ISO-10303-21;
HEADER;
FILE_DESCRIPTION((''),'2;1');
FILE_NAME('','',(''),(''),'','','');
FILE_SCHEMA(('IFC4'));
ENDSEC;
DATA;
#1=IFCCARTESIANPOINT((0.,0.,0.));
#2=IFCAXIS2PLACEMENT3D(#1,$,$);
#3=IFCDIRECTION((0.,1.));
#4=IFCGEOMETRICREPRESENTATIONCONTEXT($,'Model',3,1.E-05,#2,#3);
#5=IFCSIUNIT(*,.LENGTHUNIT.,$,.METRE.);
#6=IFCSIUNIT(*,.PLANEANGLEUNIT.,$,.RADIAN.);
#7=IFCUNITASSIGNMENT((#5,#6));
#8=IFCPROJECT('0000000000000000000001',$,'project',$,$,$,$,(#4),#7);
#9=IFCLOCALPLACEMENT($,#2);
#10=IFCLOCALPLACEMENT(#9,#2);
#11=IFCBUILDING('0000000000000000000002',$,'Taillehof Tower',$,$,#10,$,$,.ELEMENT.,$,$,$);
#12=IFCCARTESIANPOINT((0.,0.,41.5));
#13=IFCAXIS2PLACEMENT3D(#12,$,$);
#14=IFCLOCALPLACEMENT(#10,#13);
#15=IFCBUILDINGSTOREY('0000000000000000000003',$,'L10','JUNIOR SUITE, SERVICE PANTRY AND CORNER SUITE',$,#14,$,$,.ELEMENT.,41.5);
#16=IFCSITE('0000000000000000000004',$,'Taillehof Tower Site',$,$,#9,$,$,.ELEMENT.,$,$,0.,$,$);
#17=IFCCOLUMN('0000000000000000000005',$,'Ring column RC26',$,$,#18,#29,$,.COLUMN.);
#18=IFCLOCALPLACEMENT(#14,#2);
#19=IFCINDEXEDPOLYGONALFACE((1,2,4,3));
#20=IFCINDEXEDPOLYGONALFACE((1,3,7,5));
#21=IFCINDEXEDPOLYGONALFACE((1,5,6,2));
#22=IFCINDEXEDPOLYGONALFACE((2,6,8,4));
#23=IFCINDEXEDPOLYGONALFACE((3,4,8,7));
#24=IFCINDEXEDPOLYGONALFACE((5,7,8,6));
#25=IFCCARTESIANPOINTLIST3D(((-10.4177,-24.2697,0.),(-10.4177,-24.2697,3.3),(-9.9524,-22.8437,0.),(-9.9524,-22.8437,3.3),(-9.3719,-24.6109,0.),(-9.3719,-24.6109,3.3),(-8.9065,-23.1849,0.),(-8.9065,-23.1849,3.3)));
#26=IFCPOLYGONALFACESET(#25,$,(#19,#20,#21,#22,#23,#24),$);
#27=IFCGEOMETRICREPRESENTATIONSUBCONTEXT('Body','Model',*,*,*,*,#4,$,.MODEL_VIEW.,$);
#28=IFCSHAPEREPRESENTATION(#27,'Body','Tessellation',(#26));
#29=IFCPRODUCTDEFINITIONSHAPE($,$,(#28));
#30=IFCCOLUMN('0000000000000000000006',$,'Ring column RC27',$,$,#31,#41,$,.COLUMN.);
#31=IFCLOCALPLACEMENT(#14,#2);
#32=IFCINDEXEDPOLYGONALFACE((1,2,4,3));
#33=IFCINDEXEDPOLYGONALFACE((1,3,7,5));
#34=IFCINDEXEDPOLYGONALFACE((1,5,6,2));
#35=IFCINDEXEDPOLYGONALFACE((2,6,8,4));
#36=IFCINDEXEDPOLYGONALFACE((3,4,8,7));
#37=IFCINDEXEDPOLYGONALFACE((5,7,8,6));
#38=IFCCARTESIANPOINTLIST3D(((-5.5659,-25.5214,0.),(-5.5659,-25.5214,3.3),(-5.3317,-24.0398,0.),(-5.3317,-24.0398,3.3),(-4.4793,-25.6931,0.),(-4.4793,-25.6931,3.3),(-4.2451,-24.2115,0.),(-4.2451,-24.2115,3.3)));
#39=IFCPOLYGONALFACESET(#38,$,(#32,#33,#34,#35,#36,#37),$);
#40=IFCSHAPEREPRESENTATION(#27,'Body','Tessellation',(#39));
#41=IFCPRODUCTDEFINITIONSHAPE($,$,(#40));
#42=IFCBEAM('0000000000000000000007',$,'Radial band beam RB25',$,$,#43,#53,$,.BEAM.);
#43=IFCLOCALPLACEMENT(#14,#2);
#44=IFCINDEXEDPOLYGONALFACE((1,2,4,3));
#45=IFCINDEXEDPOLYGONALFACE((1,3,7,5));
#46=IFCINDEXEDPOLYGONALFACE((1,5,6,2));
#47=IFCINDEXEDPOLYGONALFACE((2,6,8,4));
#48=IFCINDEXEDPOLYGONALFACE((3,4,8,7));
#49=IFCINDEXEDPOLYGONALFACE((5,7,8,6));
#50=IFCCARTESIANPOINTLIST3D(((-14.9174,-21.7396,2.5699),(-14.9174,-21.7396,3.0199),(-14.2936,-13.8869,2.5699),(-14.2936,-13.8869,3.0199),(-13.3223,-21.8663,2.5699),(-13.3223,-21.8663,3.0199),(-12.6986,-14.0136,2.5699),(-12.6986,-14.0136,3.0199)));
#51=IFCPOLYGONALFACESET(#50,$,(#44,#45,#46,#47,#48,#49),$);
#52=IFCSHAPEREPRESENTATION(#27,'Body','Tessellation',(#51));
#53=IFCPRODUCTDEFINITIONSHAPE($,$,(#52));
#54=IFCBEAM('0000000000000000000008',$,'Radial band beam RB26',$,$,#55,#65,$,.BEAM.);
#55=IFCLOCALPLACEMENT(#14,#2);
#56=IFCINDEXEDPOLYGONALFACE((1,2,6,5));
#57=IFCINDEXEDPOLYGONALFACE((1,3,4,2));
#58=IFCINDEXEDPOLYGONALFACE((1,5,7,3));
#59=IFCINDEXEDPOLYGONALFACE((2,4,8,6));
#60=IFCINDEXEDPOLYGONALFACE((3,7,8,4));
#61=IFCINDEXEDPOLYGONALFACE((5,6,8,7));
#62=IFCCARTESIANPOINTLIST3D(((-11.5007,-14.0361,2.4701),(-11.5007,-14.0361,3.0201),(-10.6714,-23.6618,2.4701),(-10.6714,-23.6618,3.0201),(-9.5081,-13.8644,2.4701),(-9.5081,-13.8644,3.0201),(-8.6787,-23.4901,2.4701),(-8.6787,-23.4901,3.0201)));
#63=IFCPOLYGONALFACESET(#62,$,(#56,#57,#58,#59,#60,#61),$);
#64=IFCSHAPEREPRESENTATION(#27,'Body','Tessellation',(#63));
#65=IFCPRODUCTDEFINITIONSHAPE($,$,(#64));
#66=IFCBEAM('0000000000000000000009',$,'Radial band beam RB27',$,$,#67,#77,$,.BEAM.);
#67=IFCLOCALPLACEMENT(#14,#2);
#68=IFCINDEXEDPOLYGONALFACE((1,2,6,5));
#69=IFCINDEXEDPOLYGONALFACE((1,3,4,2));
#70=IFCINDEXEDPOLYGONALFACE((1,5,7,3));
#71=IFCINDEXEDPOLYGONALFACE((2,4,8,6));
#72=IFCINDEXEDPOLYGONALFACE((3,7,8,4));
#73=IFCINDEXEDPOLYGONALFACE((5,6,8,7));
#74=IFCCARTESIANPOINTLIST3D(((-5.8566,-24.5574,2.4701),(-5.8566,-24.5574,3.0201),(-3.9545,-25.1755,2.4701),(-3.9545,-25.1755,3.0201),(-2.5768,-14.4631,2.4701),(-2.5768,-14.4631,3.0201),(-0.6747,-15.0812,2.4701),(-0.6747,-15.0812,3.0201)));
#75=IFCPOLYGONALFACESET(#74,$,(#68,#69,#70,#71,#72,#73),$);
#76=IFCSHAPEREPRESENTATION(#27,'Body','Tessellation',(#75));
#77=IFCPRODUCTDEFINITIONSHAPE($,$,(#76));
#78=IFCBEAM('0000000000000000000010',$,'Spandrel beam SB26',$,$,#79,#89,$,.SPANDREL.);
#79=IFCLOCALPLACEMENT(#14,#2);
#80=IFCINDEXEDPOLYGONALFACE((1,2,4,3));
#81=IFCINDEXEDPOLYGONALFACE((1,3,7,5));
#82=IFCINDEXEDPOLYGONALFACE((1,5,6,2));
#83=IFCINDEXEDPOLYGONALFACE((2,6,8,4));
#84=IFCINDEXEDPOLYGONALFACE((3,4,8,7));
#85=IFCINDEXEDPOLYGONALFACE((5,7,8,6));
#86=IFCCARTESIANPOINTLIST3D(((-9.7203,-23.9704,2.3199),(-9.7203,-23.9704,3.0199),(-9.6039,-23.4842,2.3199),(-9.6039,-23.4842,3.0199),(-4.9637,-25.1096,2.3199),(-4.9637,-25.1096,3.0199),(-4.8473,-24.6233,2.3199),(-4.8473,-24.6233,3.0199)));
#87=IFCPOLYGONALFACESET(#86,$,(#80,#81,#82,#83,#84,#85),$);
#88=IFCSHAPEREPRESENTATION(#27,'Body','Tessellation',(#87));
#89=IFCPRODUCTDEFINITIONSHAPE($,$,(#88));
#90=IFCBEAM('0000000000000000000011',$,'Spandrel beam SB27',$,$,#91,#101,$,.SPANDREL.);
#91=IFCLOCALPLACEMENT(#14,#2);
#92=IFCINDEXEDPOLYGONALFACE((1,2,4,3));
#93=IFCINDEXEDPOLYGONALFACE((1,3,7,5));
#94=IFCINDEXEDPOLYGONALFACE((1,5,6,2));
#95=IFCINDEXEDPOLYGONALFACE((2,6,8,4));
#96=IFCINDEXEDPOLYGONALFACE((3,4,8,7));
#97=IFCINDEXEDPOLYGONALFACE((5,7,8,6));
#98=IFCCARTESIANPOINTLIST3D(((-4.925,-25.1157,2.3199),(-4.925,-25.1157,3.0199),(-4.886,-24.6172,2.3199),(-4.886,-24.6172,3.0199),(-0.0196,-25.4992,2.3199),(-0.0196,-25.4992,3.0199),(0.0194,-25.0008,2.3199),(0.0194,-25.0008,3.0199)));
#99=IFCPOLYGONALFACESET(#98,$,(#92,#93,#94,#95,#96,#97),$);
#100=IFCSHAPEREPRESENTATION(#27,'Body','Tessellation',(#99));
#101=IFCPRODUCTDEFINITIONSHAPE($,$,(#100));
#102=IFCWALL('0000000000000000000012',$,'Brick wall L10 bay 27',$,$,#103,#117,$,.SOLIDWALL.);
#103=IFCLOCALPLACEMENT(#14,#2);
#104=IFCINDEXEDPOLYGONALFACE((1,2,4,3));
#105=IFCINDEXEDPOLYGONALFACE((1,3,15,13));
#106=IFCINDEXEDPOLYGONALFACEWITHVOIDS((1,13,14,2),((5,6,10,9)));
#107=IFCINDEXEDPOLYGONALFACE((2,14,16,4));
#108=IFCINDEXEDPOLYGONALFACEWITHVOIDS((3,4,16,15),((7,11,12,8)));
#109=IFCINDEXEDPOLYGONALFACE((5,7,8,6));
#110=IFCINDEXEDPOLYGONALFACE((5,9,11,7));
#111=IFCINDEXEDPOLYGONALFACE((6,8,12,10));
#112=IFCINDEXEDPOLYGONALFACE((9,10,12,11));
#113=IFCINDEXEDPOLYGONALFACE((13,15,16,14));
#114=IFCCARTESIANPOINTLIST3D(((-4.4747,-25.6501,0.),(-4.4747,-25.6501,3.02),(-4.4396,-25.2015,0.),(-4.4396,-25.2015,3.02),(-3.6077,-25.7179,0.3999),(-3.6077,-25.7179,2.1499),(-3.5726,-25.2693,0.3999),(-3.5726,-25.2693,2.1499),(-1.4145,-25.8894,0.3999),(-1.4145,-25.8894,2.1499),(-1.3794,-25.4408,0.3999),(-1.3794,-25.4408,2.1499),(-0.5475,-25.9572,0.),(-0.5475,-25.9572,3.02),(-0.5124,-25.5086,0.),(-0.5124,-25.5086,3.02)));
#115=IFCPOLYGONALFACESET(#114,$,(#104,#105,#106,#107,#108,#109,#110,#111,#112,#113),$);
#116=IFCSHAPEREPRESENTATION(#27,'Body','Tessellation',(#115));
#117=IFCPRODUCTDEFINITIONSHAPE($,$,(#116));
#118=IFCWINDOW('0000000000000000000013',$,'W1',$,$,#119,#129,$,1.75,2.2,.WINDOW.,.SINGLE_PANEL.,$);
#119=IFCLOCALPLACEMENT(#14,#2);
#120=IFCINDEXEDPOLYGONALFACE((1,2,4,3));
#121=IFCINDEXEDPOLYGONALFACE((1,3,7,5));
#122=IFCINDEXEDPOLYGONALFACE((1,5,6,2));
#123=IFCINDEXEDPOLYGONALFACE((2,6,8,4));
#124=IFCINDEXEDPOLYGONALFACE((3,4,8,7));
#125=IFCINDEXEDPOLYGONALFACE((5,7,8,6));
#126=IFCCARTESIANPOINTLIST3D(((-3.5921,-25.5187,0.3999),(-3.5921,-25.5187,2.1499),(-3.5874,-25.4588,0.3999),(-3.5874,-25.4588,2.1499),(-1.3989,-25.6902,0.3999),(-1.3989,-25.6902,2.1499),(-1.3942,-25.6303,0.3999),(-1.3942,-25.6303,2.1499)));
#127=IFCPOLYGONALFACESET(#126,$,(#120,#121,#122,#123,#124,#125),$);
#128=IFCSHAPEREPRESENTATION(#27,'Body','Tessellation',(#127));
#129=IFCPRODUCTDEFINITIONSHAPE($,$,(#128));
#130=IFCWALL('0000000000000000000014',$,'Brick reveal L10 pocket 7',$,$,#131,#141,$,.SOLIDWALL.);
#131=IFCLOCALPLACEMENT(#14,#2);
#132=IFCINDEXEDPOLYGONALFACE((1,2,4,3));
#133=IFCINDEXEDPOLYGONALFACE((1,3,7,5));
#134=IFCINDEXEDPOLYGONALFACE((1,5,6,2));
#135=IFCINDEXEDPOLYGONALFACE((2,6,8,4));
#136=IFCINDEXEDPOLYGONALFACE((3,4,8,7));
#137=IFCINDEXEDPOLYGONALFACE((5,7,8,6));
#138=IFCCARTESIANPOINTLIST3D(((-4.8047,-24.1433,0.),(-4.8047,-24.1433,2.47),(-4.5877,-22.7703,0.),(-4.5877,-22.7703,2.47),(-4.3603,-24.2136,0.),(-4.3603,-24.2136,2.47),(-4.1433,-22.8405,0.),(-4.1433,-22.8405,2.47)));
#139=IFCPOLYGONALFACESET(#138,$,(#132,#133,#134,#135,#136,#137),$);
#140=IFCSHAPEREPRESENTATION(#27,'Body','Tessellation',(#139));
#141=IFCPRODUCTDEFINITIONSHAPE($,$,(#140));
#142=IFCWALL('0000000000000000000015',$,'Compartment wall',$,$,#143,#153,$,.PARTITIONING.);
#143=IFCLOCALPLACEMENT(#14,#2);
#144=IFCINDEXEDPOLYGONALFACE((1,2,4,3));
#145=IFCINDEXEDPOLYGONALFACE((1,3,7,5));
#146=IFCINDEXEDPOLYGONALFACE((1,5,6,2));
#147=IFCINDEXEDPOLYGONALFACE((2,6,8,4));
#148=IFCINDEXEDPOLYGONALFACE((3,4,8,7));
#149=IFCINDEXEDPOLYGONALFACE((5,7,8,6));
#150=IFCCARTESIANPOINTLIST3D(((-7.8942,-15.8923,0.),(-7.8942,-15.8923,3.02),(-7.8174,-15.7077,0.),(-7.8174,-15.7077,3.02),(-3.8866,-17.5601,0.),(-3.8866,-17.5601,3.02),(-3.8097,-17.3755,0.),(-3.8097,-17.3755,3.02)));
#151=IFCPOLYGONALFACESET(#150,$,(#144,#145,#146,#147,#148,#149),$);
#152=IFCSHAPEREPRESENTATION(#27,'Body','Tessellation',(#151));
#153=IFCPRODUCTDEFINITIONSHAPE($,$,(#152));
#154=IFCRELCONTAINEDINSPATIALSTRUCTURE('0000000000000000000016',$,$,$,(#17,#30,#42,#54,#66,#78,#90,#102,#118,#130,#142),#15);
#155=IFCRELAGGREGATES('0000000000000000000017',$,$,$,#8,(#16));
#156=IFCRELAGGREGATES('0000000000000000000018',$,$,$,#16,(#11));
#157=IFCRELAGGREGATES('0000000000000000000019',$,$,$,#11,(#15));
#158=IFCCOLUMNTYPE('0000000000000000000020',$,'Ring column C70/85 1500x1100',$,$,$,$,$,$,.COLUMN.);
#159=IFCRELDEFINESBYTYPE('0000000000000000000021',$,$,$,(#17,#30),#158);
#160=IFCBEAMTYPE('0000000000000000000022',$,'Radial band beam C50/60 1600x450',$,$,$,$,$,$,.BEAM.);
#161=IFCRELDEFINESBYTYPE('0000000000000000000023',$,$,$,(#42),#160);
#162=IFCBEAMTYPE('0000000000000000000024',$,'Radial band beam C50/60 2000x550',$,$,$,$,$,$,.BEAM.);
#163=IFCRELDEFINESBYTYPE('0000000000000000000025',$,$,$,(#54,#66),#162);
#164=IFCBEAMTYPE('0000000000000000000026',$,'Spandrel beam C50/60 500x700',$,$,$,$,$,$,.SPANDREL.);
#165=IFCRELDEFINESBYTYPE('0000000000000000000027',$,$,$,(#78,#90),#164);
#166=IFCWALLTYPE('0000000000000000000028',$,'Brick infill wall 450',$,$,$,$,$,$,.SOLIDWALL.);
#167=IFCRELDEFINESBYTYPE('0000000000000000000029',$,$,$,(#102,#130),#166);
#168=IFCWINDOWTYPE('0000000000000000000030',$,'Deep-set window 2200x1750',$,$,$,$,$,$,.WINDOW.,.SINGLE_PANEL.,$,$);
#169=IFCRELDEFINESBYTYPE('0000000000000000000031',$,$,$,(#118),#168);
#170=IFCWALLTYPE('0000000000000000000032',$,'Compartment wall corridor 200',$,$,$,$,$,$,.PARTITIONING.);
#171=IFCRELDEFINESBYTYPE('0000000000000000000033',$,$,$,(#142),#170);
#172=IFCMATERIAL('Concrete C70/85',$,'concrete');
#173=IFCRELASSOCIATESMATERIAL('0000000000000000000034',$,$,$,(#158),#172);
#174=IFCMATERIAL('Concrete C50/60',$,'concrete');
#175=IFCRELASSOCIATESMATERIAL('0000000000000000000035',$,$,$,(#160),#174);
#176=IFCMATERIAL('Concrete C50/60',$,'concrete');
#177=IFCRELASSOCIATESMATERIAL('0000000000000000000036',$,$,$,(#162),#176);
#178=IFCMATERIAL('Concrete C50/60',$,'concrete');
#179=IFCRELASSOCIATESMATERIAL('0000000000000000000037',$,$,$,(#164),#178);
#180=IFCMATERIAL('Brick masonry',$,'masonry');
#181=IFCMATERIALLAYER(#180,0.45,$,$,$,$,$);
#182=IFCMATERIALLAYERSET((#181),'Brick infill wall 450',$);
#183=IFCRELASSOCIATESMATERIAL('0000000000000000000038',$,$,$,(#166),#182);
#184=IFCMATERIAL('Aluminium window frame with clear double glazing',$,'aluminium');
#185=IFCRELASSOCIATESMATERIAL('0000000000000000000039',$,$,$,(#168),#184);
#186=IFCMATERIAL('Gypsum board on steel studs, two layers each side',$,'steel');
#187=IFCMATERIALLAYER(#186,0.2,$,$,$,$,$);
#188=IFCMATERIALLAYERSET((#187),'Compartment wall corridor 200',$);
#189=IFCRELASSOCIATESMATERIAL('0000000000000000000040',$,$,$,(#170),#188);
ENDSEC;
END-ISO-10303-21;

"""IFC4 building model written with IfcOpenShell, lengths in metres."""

from ifc_helpers import new_model, si_unit, direction, frame, frame_2d, origin, origin_2d, place, context, subcontext, project, spatial, rectangle, extrude, material, layer, layer_set, material_profile, profile_set, type_object, element, fill, save


model = new_model("IFC4")

# Units and contexts
model_context = context("Model", 3, precision=1e-05, world=origin(), true_north=direction((0.0, 1.0)))
body_context = subcontext(model_context, "Body", "Model", "MODEL_VIEW")
ifc_project = project(units=[si_unit("LENGTHUNIT", "METRE"), si_unit("PLANEANGLEUNIT", "RADIAN")], contexts=[model_context])

# Site, building, storey
site_placement = place(None, origin())
site = spatial("IfcSite", under=ifc_project, at=site_placement, Name="Taillehof Tower Site", CompositionType="ELEMENT", RefElevation=0.0)
building_placement = place(site_placement, origin())
building = spatial("IfcBuilding", under=site, at=building_placement, Name="Taillehof Tower", CompositionType="ELEMENT")
storey_placement = place(building_placement, frame((0.0, 0.0, 41.5)))
storey = spatial("IfcBuildingStorey", under=building, at=storey_placement, Name="L10", Description="JUNIOR SUITE, SERVICE PANTRY AND CORNER SUITE", CompositionType="ELEMENT", Elevation=41.5)

# Columns
ifc_material_1 = material(Name="Concrete C70/85", Category="concrete")
ifc_material_profile_1 = material_profile(ifc_material_1, rectangle(XDim=1.5, YDim=1.1001, at=origin_2d()), Name="RC 1500x1100")
ifc_profile_set_1 = profile_set([ifc_material_profile_1], Name="Concrete C70/85")
column_type = type_object("IfcColumnType", Name="Ring column C70/85 1500x1100", PredefinedType="COLUMN", material=ifc_profile_set_1)
for number, where, z_axis, x_axis, name in (
    (1, (-9.6621, -23.7273, 0.0), (0.0, 0.0, 1.0), (-0.310219, -0.950665, 0.0), "Ring column RC26"),
    (2, (-4.9055, -24.8665, 0.0), (0.0, 0.0, 1.0), (-0.156147, -0.987734, 0.0), "Ring column RC27"),
):
    element("IfcColumn", number, at=place(storey_placement, frame(where, z_axis=z_axis, x_axis=x_axis)), inside=storey, type_object=column_type, Name=name, PredefinedType="COLUMN", context=body_context, shape_type="SweptSolid", body=[
        extrude(rectangle(XDim=1.5, YDim=1.1001, at=origin_2d()), origin(), (0.0, 0.0, 1.0), 3.3),
    ])

# Beams
ifc_material_2 = material(Name="Concrete C50/60", Category="concrete")
ifc_material_profile_2 = material_profile(ifc_material_2, rectangle(XDim=1.6001, YDim=0.45, at=origin_2d()), Name="RC 1600x450")
ifc_profile_set_2 = profile_set([ifc_material_profile_2], Name="Concrete C50/60")
beam_type_1 = type_object("IfcBeamType", Name="Radial band beam C50/60 1600x450", PredefinedType="BEAM", material=ifc_profile_set_2)
beam_1_placement = place(storey_placement, frame((-14.1199, -21.803, 2.7949), z_axis=(0.079185, 0.99686, 0.0), x_axis=(-0.99686, 0.079185, 0.0)))
element("IfcBeam", 3, at=beam_1_placement, inside=storey, type_object=beam_type_1, Name="Radial band beam RB25", PredefinedType="BEAM", context=body_context, shape_type="SweptSolid", body=[
    extrude(rectangle(XDim=1.6001, YDim=0.45, at=origin_2d()), origin(), (0.0, 0.0, 1.0), 7.8774),
])
ifc_material_3 = material(Name="Concrete C50/60", Category="concrete")
ifc_material_profile_3 = material_profile(ifc_material_3, rectangle(XDim=2.0, YDim=0.55, at=origin_2d()), Name="RC 2000x550")
ifc_profile_set_3 = profile_set([ifc_material_profile_3], Name="Concrete C50/60")
beam_type_2 = type_object("IfcBeamType", Name="Radial band beam C50/60 2000x550", PredefinedType="BEAM", material=ifc_profile_set_3)
beam_2_placement = place(storey_placement, frame((-9.675, -23.5759, 2.7451), z_axis=(-0.085841, 0.996309, 0.0), x_axis=(-0.996309, -0.085841, 0.0)))
element("IfcBeam", 4, at=beam_2_placement, inside=storey, type_object=beam_type_2, Name="Radial band beam RB26", PredefinedType="BEAM", context=body_context, shape_type="SweptSolid", body=[
    extrude(rectangle(XDim=2.0, YDim=0.55, at=origin_2d()), origin(), (0.0, 0.0, 1.0), 9.6614),
])
beam_3_placement = place(storey_placement, frame((-4.9055, -24.8665, 2.7451), z_axis=(0.309014, 0.951057, 0.0), x_axis=(-0.951057, 0.309014, 0.0)))
element("IfcBeam", 5, at=beam_3_placement, inside=storey, type_object=beam_type_2, Name="Radial band beam RB27", PredefinedType="BEAM", context=body_context, shape_type="SweptSolid", body=[
    extrude(rectangle(XDim=2.0, YDim=0.55, at=origin_2d()), origin(), (0.0, 0.0, 1.0), 10.6138),
])
ifc_material_4 = material(Name="Concrete C50/60", Category="concrete")
ifc_material_profile_4 = material_profile(ifc_material_4, rectangle(XDim=0.5, YDim=0.7, at=origin_2d()), Name="RC 500x700")
ifc_profile_set_4 = profile_set([ifc_material_profile_4], Name="Concrete C50/60")
beam_type_3 = type_object("IfcBeamType", Name="Spandrel beam C50/60 500x700", PredefinedType="SPANDREL", material=ifc_profile_set_4)
beam_4_placement = place(storey_placement, frame((-9.6621, -23.7273, 2.6699), z_axis=(0.9725, -0.232905, 0.0), x_axis=(0.232905, 0.9725, 0.0)))
element("IfcBeam", 6, at=beam_4_placement, inside=storey, type_object=beam_type_3, Name="Spandrel beam SB26", PredefinedType="SPANDREL", context=body_context, shape_type="SweptSolid", body=[
    extrude(rectangle(XDim=0.5, YDim=0.7, at=origin_2d()), origin(), (0.0, 0.0, 1.0), 4.8911),
])
beam_5_placement = place(storey_placement, frame((-4.9055, -24.8665, 2.6699), z_axis=(0.996957, -0.077949, 0.0), x_axis=(0.077949, 0.996957, 0.0)))
element("IfcBeam", 7, at=beam_5_placement, inside=storey, type_object=beam_type_3, Name="Spandrel beam SB27", PredefinedType="SPANDREL", context=body_context, shape_type="SweptSolid", body=[
    extrude(rectangle(XDim=0.5, YDim=0.7, at=origin_2d()), origin(), (0.0, 0.0, 1.0), 4.9204),
])

# Wall, opening, window
ifc_material_5 = material(Name="Brick masonry", Category="masonry")
ifc_layer_1 = layer(ifc_material_5, 0.45)
ifc_layer_set_1 = layer_set([ifc_layer_1], Name="Brick infill wall 450")
wall_type_1 = type_object("IfcWallType", Name="Brick infill wall 450", PredefinedType="SOLIDWALL", material=ifc_layer_set_1)
wall_1_placement = place(storey_placement, frame((-4.4573, -25.4258, 0.0), z_axis=(0.0, 0.0, 1.0), x_axis=(0.996956, -0.077967, 0.0)))
wall_1 = element("IfcWall", 8, at=wall_1_placement, inside=storey, type_object=wall_type_1, Name="Brick wall L10 bay 27", PredefinedType="SOLIDWALL", context=body_context, shape_type="SweptSolid", body=[
    extrude(rectangle(XDim=3.9392, YDim=0.45, at=frame_2d((1.9697, 0.0))), origin(), (0.0, 0.0, 1.0), 3.02),
])
opening_1_placement = place(wall_1_placement, frame((0.8696, 0.0, 0.3999)))
opening_1 = element("IfcOpeningElement", 9, at=opening_1_placement, cuts=wall_1, PredefinedType="OPENING", context=body_context, shape_type="SweptSolid", body=[
    extrude(rectangle(XDim=2.2, YDim=1.75, at=frame_2d((1.1001, 0.875))), frame((0.0, 0.2349, 0.0), z_axis=(0.0, -1.0, 0.0), x_axis=(1.0, 0.0, 0.0)), (0.0, 0.0, 1.0), 0.47),
])
ifc_material_6 = material(Name="Aluminium window frame with clear double glazing", Category="aluminium")
window_type_1 = type_object("IfcWindowType", Name="Deep-set window 2200x1750", PartitioningType="SINGLE_PANEL", PredefinedType="WINDOW", material=ifc_material_6)
window_1_placement = place(opening_1_placement, origin())
window_1 = element("IfcWindow", 10, at=window_1_placement, inside=storey, type_object=window_type_1, Name="W1", OverallHeight=1.75, OverallWidth=2.2, PartitioningType="SINGLE_PANEL", PredefinedType="WINDOW", context=body_context, shape_type="SweptSolid", body=[
    extrude(rectangle(XDim=2.2, YDim=1.75, at=frame_2d((1.1001, 0.875))), frame((0.0, 0.0349, 0.0), z_axis=(0.0, -1.0, 0.0), x_axis=(1.0, 0.0, 0.0)), (0.0, 0.0, 1.0), 0.0601),
])
fill(opening_1, window_1)

# Wall
wall_2_placement = place(storey_placement, frame((-4.5825, -24.1785, 0.0), z_axis=(0.0, 0.0, 1.0), x_axis=(0.156134, 0.987736, 0.0)))
element("IfcWall", 11, at=wall_2_placement, inside=storey, type_object=wall_type_1, Name="Brick reveal L10 pocket 7", PredefinedType="SOLIDWALL", context=body_context, shape_type="SweptSolid", body=[
    extrude(rectangle(XDim=1.3901, YDim=0.45, at=frame_2d((0.6951, 0.0))), origin(), (0.0, 0.0, 1.0), 2.47),
])

# Wall
ifc_material_7 = material(Name="Gypsum board on steel studs, two layers each side", Category="steel")
ifc_layer_2 = layer(ifc_material_7, 0.2)
ifc_layer_set_2 = layer_set([ifc_layer_2], Name="Compartment wall corridor 200")
wall_type_2 = type_object("IfcWallType", Name="Compartment wall corridor 200", PredefinedType="PARTITIONING", material=ifc_layer_set_2)
wall_3_placement = place(storey_placement, frame((-3.8481, -17.4678, 0.0), z_axis=(0.0, 0.0, 1.0), x_axis=(-0.923248, 0.384204, 0.0)))
element("IfcWall", 12, at=wall_3_placement, inside=storey, type_object=wall_type_2, Name="Compartment wall", PredefinedType="PARTITIONING", context=body_context, shape_type="SweptSolid", body=[
    extrude(rectangle(XDim=4.3408, YDim=0.2, at=frame_2d((2.1704, 0.0))), origin(), (0.0, 0.0, 1.0), 3.02),
])

save(model, "model.ifc")
